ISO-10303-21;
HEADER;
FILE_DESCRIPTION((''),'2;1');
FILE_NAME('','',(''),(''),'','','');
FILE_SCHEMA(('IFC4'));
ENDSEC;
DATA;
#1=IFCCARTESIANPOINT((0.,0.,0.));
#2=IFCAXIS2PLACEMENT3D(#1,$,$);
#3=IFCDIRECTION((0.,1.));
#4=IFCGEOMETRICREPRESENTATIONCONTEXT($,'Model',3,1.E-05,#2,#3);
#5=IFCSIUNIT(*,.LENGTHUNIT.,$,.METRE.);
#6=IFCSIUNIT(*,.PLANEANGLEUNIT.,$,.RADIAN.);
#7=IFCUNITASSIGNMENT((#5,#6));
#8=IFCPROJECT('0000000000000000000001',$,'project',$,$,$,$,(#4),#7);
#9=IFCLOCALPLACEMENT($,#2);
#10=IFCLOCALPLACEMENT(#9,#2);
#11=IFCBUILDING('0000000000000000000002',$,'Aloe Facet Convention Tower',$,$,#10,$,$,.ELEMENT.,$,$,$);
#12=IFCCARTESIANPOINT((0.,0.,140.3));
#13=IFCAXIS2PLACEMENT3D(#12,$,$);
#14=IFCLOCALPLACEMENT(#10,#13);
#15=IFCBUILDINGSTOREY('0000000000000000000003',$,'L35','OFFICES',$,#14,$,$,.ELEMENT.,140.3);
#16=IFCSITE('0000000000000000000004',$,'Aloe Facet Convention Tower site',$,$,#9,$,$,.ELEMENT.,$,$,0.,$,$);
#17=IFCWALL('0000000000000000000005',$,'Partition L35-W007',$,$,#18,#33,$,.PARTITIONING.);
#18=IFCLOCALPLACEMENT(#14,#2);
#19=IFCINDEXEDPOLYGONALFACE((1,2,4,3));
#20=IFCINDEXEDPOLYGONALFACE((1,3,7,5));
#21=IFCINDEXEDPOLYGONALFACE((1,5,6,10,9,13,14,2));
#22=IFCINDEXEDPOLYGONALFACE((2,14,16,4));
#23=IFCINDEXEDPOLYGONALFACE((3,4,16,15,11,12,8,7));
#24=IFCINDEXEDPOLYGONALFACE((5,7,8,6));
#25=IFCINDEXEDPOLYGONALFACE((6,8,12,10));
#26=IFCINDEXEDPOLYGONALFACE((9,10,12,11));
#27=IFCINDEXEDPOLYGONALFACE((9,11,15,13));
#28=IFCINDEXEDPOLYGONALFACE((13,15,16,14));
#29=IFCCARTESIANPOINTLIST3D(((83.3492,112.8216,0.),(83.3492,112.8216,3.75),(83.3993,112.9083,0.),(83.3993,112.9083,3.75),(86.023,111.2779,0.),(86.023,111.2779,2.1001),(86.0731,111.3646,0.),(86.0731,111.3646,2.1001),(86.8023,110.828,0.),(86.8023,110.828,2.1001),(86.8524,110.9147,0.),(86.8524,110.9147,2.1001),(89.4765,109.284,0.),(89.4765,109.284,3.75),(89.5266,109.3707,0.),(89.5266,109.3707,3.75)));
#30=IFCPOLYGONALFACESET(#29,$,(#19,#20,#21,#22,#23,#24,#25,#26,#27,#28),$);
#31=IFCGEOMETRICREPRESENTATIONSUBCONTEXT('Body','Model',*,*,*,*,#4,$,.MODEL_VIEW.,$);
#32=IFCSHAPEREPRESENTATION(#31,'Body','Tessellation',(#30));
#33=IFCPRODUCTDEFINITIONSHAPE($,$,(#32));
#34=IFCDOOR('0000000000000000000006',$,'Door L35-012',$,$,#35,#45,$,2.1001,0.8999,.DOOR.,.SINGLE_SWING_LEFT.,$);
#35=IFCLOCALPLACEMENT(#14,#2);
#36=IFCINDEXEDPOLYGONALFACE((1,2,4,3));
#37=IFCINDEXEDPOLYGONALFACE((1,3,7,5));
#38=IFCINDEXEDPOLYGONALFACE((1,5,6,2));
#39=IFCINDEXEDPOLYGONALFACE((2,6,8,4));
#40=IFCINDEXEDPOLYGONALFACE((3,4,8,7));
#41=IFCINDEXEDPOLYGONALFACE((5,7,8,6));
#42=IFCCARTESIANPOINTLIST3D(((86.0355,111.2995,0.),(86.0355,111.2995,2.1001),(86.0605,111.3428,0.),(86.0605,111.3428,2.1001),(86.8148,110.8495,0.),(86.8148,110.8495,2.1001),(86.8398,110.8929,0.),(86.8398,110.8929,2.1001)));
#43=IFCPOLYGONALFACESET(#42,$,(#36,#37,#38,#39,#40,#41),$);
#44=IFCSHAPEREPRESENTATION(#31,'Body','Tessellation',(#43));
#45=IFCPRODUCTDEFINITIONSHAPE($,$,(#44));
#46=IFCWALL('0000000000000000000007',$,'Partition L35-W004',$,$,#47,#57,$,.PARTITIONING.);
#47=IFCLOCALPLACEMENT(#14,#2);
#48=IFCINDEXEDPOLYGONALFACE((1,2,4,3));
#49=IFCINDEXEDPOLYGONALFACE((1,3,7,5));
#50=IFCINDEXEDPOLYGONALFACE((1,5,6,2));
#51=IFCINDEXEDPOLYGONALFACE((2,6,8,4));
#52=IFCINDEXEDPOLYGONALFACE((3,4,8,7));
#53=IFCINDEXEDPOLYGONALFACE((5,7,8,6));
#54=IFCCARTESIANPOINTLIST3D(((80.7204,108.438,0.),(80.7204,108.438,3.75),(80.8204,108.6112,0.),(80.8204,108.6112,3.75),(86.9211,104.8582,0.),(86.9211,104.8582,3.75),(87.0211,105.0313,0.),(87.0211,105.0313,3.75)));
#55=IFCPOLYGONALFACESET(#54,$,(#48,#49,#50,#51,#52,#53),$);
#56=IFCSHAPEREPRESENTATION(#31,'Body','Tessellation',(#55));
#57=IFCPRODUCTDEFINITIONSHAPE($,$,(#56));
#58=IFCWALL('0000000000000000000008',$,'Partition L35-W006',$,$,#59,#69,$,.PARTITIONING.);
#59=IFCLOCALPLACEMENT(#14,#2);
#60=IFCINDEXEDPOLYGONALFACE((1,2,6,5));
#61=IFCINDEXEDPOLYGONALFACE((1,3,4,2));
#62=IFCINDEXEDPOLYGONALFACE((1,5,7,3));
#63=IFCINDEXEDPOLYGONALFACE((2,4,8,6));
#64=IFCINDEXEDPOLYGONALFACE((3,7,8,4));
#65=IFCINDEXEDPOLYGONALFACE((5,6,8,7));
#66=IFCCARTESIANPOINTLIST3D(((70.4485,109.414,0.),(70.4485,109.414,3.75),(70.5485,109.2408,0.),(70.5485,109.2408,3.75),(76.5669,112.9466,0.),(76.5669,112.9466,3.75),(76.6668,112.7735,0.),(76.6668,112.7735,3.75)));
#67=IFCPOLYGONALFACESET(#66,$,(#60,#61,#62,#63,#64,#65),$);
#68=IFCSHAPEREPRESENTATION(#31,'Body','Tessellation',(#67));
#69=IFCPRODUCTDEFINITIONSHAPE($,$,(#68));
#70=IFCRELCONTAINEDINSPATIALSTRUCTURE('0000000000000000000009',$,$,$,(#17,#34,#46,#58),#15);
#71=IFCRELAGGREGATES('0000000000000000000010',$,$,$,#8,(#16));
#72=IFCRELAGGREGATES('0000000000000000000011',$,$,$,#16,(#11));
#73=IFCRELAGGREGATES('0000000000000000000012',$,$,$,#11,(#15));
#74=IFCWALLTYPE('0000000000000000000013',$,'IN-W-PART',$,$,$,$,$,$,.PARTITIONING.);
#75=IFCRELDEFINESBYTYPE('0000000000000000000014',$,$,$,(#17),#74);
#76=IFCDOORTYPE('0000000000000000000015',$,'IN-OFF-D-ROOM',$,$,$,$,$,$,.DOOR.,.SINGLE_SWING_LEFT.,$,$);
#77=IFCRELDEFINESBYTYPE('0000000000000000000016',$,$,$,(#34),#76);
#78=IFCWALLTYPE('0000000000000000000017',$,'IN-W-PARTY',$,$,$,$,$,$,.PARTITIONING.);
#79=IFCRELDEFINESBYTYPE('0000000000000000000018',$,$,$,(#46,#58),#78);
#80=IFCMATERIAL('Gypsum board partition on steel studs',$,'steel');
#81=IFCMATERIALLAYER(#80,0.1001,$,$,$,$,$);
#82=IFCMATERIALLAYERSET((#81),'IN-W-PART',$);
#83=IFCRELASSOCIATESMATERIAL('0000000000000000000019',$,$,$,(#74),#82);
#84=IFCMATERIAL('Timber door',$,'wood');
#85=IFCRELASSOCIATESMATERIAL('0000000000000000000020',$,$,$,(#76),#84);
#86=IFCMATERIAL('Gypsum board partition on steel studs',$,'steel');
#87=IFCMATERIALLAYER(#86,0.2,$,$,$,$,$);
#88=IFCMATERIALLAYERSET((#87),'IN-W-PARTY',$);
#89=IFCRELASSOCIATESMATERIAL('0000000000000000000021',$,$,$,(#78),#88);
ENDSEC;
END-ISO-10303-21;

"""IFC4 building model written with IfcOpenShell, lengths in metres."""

from ifc_helpers import new_model, si_unit, direction, frame, frame_2d, origin, place, context, subcontext, project, spatial, rectangle, extrude, material, layer, layer_set, type_object, element, fill, save


model = new_model("IFC4")

# Units and contexts
model_context = context("Model", 3, precision=1e-05, world=origin(), true_north=direction((0.0, 1.0)))
body_context = subcontext(model_context, "Body", "Model", "MODEL_VIEW")
ifc_project = project(units=[si_unit("LENGTHUNIT", "METRE"), si_unit("PLANEANGLEUNIT", "RADIAN")], contexts=[model_context])

# Site, building, storey
site_placement = place(None, origin())
site = spatial("IfcSite", under=ifc_project, at=site_placement, Name="Aloe Facet Convention Tower site", CompositionType="ELEMENT", RefElevation=0.0)
building_placement = place(site_placement, origin())
building = spatial("IfcBuilding", under=site, at=building_placement, Name="Aloe Facet Convention Tower", CompositionType="ELEMENT")
storey_placement = place(building_placement, frame((0.0, 0.0, 140.3)))
storey = spatial("IfcBuildingStorey", under=building, at=storey_placement, Name="L35", Description="OFFICES", CompositionType="ELEMENT", Elevation=140.3)

# Wall, opening, door
ifc_material_1 = material(Name="Gypsum board partition on steel studs", Category="steel")
ifc_layer_1 = layer(ifc_material_1, 0.1001)
ifc_layer_set_1 = layer_set([ifc_layer_1], Name="IN-W-PART")
wall_type_1 = type_object("IfcWallType", Name="IN-W-PART", PredefinedType="PARTITIONING", material=ifc_layer_set_1)
ifc_material_2 = material(Name="Timber door", Category="wood")
door_type_1 = type_object("IfcDoorType", Name="IN-OFF-D-ROOM", OperationType="SINGLE_SWING_LEFT", PredefinedType="DOOR", material=ifc_material_2)
wall_1_placement = place(storey_placement, frame((83.3743, 112.865, 0.0), z_axis=(0.0, 0.0, 1.0), x_axis=(0.866022, -0.500006, 0.0)))
wall_1 = element("IfcWall", 1, at=wall_1_placement, inside=storey, type_object=wall_type_1, Name="Partition L35-W007", PredefinedType="PARTITIONING", context=body_context, shape_type="SweptSolid", body=[
    extrude(rectangle(XDim=7.0752, YDim=0.1001, at=frame_2d((3.5376, 0.0))), origin(), (0.0, 0.0, 1.0), 3.75),
])
opening_1_placement = place(wall_1_placement, frame((3.0874, 0.0, 0.0)))
opening_1 = element("IfcOpeningElement", 2, at=opening_1_placement, cuts=wall_1, PredefinedType="OPENING", context=body_context, shape_type="SweptSolid", body=[
    extrude(rectangle(XDim=0.8999, YDim=2.1001, at=frame_2d((0.45, 1.05))), frame((0.0, 0.0601, 0.0), z_axis=(0.0, -1.0, 0.0), x_axis=(1.0, 0.0, 0.0)), (0.0, 0.0, 1.0), 0.1201),
])
door_1_placement = place(opening_1_placement, origin())
door_1 = element("IfcDoor", 3, at=door_1_placement, inside=storey, type_object=door_type_1, Name="Door L35-012", OperationType="SINGLE_SWING_LEFT", OverallHeight=2.1001, OverallWidth=0.8999, PredefinedType="DOOR", context=body_context, shape_type="SweptSolid", body=[
    extrude(rectangle(XDim=0.8999, YDim=2.1001, at=frame_2d((0.45, 1.05))), frame((0.0, 0.0249, 0.0), z_axis=(0.0, -1.0, 0.0), x_axis=(1.0, 0.0, 0.0)), (0.0, 0.0, 1.0), 0.05),
])
fill(opening_1, door_1)

# Walls
ifc_material_3 = material(Name="Gypsum board partition on steel studs", Category="steel")
ifc_layer_2 = layer(ifc_material_3, 0.2)
ifc_layer_set_2 = layer_set([ifc_layer_2], Name="IN-W-PARTY")
wall_type_2 = type_object("IfcWallType", Name="IN-W-PARTY", PredefinedType="PARTITIONING", material=ifc_layer_set_2)
wall_2_placement = place(storey_placement, frame((80.7703, 108.5247, 0.0), z_axis=(0.0, 0.0, 1.0), x_axis=(0.866033, -0.499986, 0.0)))
element("IfcWall", 4, at=wall_2_placement, inside=storey, type_object=wall_type_2, Name="Partition L35-W004", PredefinedType="PARTITIONING", context=body_context, shape_type="SweptSolid", body=[
    extrude(rectangle(XDim=7.1599, YDim=0.2, at=frame_2d((3.5801, 0.0))), origin(), (0.0, 0.0, 1.0), 3.75),
])
wall_3_placement = place(storey_placement, frame((70.4985, 109.3274, 0.0), z_axis=(0.0, 0.0, 1.0), x_axis=(0.86601, 0.500027, 0.0)))
element("IfcWall", 5, at=wall_3_placement, inside=storey, type_object=wall_type_2, Name="Partition L35-W006", PredefinedType="PARTITIONING", context=body_context, shape_type="SweptSolid", body=[
    extrude(rectangle(XDim=7.0649, YDim=0.2, at=frame_2d((3.5325, 0.0))), origin(), (0.0, 0.0, 1.0), 3.75),
])

save(model, "model.ifc")
